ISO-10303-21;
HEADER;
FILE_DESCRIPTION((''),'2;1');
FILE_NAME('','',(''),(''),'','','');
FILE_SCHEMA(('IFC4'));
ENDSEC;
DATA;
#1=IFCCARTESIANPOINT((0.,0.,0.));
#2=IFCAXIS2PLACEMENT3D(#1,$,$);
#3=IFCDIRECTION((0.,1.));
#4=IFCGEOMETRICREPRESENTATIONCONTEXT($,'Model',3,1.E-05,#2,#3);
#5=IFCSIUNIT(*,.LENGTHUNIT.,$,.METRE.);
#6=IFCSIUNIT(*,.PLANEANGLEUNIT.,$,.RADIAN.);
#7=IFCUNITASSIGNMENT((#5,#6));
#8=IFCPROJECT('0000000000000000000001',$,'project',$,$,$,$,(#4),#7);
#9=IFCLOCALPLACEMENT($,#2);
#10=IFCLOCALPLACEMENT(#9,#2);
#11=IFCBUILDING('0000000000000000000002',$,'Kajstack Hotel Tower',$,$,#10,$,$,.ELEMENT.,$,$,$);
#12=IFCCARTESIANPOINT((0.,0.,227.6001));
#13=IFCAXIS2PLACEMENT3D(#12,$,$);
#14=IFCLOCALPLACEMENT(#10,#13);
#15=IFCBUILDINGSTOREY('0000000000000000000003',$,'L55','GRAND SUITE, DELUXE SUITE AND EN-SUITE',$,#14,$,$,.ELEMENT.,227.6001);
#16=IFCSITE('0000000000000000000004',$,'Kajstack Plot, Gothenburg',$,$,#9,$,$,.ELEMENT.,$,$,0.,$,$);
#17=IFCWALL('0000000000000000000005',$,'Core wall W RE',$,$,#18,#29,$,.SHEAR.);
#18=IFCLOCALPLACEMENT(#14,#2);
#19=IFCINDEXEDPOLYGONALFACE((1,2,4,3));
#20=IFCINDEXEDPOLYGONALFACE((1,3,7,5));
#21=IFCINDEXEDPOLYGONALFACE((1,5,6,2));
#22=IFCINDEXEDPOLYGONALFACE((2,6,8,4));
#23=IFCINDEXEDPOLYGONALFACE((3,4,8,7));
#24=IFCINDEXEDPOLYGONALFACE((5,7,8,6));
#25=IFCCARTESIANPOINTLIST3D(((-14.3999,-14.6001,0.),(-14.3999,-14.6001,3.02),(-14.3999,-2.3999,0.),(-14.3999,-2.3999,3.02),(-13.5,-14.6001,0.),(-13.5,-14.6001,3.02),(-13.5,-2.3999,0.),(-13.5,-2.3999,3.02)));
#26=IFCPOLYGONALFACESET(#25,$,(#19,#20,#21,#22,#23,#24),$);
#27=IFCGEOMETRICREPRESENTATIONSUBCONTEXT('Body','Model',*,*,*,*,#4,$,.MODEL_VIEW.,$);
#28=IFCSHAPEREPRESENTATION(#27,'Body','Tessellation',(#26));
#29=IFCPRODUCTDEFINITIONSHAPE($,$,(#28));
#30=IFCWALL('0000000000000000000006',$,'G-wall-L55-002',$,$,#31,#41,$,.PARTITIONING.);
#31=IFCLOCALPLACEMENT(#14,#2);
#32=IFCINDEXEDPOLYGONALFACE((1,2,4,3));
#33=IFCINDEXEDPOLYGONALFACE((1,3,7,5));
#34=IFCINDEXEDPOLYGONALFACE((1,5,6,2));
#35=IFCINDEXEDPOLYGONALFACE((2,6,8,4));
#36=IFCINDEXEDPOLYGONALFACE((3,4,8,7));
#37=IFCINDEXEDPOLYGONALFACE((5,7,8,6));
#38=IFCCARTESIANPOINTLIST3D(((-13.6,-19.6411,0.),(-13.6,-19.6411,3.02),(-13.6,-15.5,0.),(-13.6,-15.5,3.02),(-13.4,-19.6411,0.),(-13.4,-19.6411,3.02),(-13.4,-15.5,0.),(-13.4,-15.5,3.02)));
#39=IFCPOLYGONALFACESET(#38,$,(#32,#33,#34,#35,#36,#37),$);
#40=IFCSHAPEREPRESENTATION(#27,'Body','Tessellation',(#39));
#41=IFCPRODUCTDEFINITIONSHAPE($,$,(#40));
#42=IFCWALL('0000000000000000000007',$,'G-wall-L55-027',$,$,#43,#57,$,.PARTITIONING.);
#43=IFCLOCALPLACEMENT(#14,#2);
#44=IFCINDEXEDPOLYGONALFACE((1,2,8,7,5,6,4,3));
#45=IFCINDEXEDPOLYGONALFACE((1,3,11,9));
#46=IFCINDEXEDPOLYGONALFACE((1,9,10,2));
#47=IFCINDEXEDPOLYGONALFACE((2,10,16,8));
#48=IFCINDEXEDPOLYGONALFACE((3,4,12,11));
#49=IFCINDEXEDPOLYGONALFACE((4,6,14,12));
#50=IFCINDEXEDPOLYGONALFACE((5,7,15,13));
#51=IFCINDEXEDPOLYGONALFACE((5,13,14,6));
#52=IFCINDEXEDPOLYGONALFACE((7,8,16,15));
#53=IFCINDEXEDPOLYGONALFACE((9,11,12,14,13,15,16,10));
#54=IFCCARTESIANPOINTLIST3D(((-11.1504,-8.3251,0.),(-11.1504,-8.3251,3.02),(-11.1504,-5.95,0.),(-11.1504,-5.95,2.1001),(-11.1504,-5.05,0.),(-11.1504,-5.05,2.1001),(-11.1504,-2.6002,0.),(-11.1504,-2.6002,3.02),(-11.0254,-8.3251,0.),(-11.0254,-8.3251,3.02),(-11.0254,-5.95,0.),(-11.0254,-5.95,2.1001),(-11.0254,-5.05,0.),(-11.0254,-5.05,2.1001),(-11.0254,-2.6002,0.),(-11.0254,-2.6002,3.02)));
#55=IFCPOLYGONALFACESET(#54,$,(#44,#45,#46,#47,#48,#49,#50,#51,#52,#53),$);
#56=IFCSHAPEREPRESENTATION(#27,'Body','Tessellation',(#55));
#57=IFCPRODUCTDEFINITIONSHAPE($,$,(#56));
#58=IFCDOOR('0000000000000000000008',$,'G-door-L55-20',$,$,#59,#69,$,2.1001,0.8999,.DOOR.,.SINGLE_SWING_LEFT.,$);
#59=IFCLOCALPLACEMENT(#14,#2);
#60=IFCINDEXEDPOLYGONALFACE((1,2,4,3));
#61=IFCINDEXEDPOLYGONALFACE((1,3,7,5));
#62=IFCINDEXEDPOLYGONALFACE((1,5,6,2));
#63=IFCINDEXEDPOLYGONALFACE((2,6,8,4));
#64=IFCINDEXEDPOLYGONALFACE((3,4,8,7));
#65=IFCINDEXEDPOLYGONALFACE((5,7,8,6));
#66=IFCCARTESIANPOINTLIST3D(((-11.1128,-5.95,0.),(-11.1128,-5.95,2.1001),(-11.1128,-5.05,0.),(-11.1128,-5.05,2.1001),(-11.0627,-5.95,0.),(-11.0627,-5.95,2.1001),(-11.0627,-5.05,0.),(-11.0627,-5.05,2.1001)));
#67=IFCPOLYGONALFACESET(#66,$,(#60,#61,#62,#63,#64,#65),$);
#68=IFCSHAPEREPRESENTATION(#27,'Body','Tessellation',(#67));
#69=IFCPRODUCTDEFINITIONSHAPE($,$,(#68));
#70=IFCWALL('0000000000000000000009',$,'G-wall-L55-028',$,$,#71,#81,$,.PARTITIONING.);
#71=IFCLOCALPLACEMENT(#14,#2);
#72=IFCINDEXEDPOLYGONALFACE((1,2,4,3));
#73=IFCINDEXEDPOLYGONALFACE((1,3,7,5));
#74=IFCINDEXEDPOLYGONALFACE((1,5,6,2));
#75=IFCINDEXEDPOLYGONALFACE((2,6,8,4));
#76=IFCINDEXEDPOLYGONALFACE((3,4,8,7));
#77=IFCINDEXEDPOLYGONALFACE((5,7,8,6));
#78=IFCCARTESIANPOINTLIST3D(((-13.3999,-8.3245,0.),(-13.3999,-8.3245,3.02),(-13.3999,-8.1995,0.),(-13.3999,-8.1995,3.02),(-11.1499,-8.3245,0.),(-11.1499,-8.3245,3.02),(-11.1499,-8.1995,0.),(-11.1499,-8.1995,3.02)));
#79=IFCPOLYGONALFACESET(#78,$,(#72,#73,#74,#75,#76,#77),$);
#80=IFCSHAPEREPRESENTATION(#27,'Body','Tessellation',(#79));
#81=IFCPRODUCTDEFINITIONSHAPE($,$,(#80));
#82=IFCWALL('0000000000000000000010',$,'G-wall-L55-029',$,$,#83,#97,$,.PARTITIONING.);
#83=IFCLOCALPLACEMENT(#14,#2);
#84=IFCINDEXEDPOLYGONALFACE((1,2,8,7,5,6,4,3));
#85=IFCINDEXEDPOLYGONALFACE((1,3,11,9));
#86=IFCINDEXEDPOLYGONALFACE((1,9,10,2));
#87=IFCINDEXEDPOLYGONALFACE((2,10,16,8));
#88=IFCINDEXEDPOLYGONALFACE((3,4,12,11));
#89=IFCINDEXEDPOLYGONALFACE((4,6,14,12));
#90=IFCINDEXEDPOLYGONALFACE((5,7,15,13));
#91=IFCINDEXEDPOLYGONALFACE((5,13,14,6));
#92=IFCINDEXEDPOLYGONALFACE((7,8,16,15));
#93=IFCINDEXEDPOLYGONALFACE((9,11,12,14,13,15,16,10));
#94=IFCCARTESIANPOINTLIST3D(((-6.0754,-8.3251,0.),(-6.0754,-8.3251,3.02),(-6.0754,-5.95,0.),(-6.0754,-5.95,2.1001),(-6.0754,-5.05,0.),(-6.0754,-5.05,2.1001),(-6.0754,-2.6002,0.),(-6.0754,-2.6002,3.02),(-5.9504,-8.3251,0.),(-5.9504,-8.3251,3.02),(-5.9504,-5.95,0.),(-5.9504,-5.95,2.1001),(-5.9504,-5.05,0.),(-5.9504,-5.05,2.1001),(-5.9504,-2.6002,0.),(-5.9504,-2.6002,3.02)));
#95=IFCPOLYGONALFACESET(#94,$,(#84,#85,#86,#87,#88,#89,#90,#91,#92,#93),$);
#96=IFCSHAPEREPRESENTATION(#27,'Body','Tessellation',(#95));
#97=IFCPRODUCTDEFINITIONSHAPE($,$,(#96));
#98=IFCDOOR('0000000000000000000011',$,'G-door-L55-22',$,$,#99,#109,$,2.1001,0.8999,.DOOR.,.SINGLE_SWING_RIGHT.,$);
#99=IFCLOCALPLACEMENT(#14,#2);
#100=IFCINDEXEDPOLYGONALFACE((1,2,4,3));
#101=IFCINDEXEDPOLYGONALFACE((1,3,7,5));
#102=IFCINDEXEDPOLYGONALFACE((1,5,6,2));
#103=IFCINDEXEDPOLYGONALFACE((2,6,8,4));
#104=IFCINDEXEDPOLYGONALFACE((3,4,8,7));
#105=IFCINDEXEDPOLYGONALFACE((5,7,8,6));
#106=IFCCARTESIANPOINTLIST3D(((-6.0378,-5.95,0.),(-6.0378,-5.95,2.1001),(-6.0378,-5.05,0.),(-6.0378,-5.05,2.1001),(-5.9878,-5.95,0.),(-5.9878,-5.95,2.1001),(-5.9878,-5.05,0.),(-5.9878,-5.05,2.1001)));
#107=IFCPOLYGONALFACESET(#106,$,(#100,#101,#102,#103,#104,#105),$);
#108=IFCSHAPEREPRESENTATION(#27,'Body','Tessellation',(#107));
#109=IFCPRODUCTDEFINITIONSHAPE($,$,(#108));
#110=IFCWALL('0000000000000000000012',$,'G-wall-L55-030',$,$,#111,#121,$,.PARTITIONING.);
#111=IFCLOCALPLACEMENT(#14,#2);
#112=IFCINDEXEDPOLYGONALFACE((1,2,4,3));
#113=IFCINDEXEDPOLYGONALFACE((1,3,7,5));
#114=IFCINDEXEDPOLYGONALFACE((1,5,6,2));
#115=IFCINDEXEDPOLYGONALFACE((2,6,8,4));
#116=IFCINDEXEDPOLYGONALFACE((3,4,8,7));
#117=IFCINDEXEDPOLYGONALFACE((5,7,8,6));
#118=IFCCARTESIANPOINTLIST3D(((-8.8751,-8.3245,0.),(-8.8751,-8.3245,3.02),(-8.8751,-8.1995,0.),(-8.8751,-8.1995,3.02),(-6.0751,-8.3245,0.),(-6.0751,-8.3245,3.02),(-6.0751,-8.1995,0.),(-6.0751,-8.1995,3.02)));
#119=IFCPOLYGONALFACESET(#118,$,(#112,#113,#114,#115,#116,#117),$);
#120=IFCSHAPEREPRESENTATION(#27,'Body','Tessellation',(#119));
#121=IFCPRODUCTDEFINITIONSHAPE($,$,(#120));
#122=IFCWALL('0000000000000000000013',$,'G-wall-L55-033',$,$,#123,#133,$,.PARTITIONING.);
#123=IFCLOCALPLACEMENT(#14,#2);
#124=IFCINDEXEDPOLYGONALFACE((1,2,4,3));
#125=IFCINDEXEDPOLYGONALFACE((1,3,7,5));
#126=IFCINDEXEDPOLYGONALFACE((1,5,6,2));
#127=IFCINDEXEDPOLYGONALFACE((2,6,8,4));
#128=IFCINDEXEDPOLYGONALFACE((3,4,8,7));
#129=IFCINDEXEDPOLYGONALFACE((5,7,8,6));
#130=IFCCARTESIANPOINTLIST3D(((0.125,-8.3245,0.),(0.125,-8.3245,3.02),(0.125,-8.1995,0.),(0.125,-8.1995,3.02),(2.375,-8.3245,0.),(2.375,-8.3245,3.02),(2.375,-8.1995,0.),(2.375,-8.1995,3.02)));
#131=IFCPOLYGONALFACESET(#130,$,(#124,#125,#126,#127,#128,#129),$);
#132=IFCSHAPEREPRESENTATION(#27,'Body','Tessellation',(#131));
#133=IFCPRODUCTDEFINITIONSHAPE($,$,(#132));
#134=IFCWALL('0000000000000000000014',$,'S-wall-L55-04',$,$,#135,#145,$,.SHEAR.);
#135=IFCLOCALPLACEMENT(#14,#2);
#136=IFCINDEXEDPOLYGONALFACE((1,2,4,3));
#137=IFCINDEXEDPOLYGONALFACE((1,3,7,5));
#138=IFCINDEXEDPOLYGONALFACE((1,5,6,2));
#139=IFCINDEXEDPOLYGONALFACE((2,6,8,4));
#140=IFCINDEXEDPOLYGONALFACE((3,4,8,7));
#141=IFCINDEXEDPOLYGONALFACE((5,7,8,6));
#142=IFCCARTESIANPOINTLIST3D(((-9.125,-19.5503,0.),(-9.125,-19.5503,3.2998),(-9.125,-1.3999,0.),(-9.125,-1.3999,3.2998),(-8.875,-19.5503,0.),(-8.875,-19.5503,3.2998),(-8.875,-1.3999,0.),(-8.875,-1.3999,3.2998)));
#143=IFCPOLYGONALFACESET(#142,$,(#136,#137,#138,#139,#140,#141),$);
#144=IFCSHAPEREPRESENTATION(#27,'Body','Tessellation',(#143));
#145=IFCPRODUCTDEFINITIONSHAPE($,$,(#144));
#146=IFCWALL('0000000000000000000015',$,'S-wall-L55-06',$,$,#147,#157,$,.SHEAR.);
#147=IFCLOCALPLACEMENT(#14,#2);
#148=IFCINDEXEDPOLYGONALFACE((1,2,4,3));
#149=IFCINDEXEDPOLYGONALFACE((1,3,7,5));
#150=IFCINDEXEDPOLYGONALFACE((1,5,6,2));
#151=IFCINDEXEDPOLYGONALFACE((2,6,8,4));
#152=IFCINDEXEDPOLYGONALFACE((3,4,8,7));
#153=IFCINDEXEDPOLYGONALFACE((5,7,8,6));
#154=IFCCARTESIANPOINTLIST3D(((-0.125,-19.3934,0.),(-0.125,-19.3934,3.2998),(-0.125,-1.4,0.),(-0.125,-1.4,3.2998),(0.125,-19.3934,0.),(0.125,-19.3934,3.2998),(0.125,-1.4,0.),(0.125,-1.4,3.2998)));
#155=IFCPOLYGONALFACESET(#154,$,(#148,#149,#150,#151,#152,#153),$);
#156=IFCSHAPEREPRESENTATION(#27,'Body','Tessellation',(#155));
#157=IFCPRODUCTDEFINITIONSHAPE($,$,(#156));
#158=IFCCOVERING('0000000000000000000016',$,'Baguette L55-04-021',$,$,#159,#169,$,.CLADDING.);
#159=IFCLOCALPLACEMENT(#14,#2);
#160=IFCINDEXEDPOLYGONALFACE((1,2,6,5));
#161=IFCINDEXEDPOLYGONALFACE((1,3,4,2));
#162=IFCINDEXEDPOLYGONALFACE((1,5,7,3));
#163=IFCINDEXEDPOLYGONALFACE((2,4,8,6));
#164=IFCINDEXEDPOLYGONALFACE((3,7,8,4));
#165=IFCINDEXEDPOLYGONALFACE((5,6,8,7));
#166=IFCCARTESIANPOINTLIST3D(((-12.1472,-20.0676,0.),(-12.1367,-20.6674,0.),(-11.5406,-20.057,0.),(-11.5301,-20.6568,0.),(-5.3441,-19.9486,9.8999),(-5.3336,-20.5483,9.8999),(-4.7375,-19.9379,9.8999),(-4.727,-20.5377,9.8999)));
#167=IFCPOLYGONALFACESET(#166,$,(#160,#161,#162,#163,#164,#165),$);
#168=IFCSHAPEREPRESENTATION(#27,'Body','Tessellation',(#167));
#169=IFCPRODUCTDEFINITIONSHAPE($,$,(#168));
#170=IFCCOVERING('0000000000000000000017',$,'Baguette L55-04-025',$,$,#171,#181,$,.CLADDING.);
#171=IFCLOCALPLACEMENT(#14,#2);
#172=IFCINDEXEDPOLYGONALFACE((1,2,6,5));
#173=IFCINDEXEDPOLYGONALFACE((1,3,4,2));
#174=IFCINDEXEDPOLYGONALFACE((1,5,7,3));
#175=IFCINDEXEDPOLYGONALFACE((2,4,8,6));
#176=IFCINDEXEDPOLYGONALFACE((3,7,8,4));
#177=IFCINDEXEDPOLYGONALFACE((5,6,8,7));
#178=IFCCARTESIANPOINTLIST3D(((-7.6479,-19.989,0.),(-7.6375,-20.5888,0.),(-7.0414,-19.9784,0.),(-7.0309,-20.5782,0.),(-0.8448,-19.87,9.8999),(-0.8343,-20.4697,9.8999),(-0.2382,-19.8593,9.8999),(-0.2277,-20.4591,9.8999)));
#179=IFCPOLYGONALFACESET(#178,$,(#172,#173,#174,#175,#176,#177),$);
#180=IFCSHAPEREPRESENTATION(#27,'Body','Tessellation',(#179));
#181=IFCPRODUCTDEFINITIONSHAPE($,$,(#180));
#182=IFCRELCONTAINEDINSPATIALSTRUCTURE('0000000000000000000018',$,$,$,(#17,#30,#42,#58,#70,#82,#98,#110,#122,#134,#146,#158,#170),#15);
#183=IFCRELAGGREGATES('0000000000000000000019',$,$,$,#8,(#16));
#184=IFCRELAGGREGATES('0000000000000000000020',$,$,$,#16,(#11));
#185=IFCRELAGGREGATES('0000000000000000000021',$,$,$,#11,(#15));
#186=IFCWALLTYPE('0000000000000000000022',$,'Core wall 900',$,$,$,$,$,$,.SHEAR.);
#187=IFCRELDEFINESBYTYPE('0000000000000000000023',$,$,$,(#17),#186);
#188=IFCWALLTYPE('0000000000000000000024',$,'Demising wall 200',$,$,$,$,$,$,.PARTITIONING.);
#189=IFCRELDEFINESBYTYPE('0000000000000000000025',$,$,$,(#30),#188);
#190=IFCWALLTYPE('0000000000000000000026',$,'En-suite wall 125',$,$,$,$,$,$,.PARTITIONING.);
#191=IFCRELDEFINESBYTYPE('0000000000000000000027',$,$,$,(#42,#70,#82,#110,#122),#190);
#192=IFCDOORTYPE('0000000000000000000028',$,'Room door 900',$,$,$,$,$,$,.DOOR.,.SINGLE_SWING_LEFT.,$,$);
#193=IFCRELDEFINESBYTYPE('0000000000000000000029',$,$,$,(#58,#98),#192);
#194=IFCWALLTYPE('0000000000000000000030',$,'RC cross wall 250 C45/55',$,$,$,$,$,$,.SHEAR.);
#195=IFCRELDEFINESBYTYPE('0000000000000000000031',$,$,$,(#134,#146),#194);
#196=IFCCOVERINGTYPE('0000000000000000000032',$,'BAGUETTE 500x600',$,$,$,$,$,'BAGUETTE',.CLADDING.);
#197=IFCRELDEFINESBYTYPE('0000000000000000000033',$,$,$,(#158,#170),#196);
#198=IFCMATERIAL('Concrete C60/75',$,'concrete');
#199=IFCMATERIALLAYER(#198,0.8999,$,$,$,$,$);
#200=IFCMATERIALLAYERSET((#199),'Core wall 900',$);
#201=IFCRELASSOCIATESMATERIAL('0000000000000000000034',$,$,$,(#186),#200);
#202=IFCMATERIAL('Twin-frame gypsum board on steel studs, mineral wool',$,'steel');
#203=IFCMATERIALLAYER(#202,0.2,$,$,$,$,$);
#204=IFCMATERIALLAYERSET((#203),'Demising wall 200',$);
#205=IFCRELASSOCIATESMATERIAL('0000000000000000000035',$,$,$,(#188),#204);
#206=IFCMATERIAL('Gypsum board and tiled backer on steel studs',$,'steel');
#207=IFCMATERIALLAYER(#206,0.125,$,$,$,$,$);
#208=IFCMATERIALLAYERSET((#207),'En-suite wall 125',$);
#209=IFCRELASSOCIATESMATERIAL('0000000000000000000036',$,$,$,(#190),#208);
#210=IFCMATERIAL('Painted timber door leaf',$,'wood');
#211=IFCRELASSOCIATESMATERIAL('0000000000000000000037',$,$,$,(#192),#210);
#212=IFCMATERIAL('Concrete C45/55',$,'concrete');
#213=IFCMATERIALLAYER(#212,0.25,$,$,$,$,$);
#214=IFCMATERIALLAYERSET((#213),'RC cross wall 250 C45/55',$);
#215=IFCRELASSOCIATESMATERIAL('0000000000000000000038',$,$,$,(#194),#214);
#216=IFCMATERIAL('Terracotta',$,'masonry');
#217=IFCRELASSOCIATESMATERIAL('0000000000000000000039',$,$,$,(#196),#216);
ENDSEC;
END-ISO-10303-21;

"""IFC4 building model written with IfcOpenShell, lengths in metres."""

from ifc_helpers import new_model, si_unit, direction, frame, frame_2d, origin, origin_2d, place, context, subcontext, project, spatial, polyline, rectangle, outline, extrude, material, layer, layer_set, material_profile, profile_set, type_object, element, fill, save


model = new_model("IFC4")

# Units and contexts
model_context = context("Model", 3, precision=1e-05, world=origin(), true_north=direction((0.0, 1.0)))
body_context = subcontext(model_context, "Body", "Model", "MODEL_VIEW")
ifc_project = project(units=[si_unit("LENGTHUNIT", "METRE"), si_unit("PLANEANGLEUNIT", "RADIAN")], contexts=[model_context])

# Site, building, storey
site_placement = place(None, origin())
site = spatial("IfcSite", under=ifc_project, at=site_placement, Name="Kajstack Plot, Gothenburg", CompositionType="ELEMENT", RefElevation=0.0)
building_placement = place(site_placement, origin())
building = spatial("IfcBuilding", under=site, at=building_placement, Name="Kajstack Hotel Tower", CompositionType="ELEMENT")
storey_placement = place(building_placement, frame((0.0, 0.0, 227.6001)))
storey = spatial("IfcBuildingStorey", under=building, at=storey_placement, Name="L55", Description="GRAND SUITE, DELUXE SUITE AND EN-SUITE", CompositionType="ELEMENT", Elevation=227.6001)

# Walls
ifc_material_1 = material(Name="Concrete C60/75", Category="concrete")
ifc_layer_1 = layer(ifc_material_1, 0.8999)
ifc_layer_set_1 = layer_set([ifc_layer_1], Name="Core wall 900")
wall_type_1 = type_object("IfcWallType", Name="Core wall 900", PredefinedType="SHEAR", material=ifc_layer_set_1)
wall_1_placement = place(storey_placement, frame((-13.95, -14.6001, 0.0), z_axis=(0.0, 0.0, 1.0), x_axis=(0.0, 1.0, 0.0)))
element("IfcWall", 1, at=wall_1_placement, inside=storey, type_object=wall_type_1, Name="Core wall W RE", PredefinedType="SHEAR", context=body_context, shape_type="SweptSolid", body=[
    extrude(rectangle(XDim=12.2002, YDim=0.8999, at=frame_2d((6.1001, 0.0))), origin(), (0.0, 0.0, 1.0), 3.02),
])
ifc_material_2 = material(Name="Twin-frame gypsum board on steel studs, mineral wool", Category="steel")
ifc_layer_2 = layer(ifc_material_2, 0.2)
ifc_layer_set_2 = layer_set([ifc_layer_2], Name="Demising wall 200")
wall_type_2 = type_object("IfcWallType", Name="Demising wall 200", PredefinedType="PARTITIONING", material=ifc_layer_set_2)
wall_2_placement = place(storey_placement, frame((-13.5, -19.6411, 0.0), z_axis=(0.0, 0.0, 1.0), x_axis=(0.0, 1.0, 0.0)))
element("IfcWall", 2, at=wall_2_placement, inside=storey, type_object=wall_type_2, Name="G-wall-L55-002", PredefinedType="PARTITIONING", context=body_context, shape_type="SweptSolid", body=[
    extrude(rectangle(XDim=4.1411, YDim=0.2, at=frame_2d((2.0706, 0.0))), origin(), (0.0, 0.0, 1.0), 3.02),
])

# Wall, opening, door
ifc_material_3 = material(Name="Gypsum board and tiled backer on steel studs", Category="steel")
ifc_layer_3 = layer(ifc_material_3, 0.125)
ifc_layer_set_3 = layer_set([ifc_layer_3], Name="En-suite wall 125")
wall_type_3 = type_object("IfcWallType", Name="En-suite wall 125", PredefinedType="PARTITIONING", material=ifc_layer_set_3)
wall_3_placement = place(storey_placement, frame((-11.0879, -8.325, 0.0), z_axis=(0.0, 0.0, 1.0), x_axis=(0.0, 1.0, 0.0)))
wall_3 = element("IfcWall", 3, at=wall_3_placement, inside=storey, type_object=wall_type_3, Name="G-wall-L55-027", PredefinedType="PARTITIONING", context=body_context, shape_type="SweptSolid", body=[
    extrude(rectangle(XDim=5.7249, YDim=0.125, at=frame_2d((2.8623, 0.0))), origin(), (0.0, 0.0, 1.0), 3.02),
])
opening_1_placement = place(wall_3_placement, frame((2.375, 0.0, 0.0)))
opening_1 = element("IfcOpeningElement", 4, at=opening_1_placement, cuts=wall_3, PredefinedType="OPENING", context=body_context, shape_type="SweptSolid", body=[
    extrude(rectangle(XDim=0.8999, YDim=2.1001, at=frame_2d((0.45, 1.05))), frame((0.0, 0.0725, 0.0), z_axis=(0.0, -1.0, 0.0), x_axis=(1.0, 0.0, 0.0)), (0.0, 0.0, 1.0), 0.145),
])
ifc_material_4 = material(Name="Painted timber door leaf", Category="wood")
door_type = type_object("IfcDoorType", Name="Room door 900", OperationType="SINGLE_SWING_LEFT", PredefinedType="DOOR", material=ifc_material_4)
door_1_placement = place(opening_1_placement, origin())
door_1 = element("IfcDoor", 5, at=door_1_placement, inside=storey, type_object=door_type, Name="G-door-L55-20", OperationType="SINGLE_SWING_LEFT", OverallHeight=2.1001, OverallWidth=0.8999, PredefinedType="DOOR", context=body_context, shape_type="SweptSolid", body=[
    extrude(rectangle(XDim=0.8999, YDim=2.1001, at=frame_2d((0.45, 1.05))), frame((0.0, 0.0249, 0.0), z_axis=(0.0, -1.0, 0.0), x_axis=(1.0, 0.0, 0.0)), (0.0, 0.0, 1.0), 0.05),
])
fill(opening_1, door_1)

# Wall
wall_4_placement = place(storey_placement, frame((-13.3999, -8.262, 0.0), z_axis=(0.0, 0.0, 1.0), x_axis=(1.0, 0.0, 0.0)))
element("IfcWall", 6, at=wall_4_placement, inside=storey, type_object=wall_type_3, Name="G-wall-L55-028", PredefinedType="PARTITIONING", context=body_context, shape_type="SweptSolid", body=[
    extrude(rectangle(XDim=2.25, YDim=0.125, at=frame_2d((1.125, 0.0))), origin(), (0.0, 0.0, 1.0), 3.02),
])

# Wall, opening, door
wall_5_placement = place(storey_placement, frame((-6.0129, -8.325, 0.0), z_axis=(0.0, 0.0, 1.0), x_axis=(0.0, 1.0, 0.0)))
wall_5 = element("IfcWall", 7, at=wall_5_placement, inside=storey, type_object=wall_type_3, Name="G-wall-L55-029", PredefinedType="PARTITIONING", context=body_context, shape_type="SweptSolid", body=[
    extrude(rectangle(XDim=5.7249, YDim=0.125, at=frame_2d((2.8623, 0.0))), origin(), (0.0, 0.0, 1.0), 3.02),
])
opening_2_placement = place(wall_5_placement, frame((2.375, 0.0, 0.0)))
opening_2 = element("IfcOpeningElement", 8, at=opening_2_placement, cuts=wall_5, PredefinedType="OPENING", context=body_context, shape_type="SweptSolid", body=[
    extrude(rectangle(XDim=0.8999, YDim=2.1001, at=frame_2d((0.45, 1.05))), frame((0.0, 0.0725, 0.0), z_axis=(0.0, -1.0, 0.0), x_axis=(1.0, 0.0, 0.0)), (0.0, 0.0, 1.0), 0.145),
])
door_2_placement = place(opening_2_placement, origin())
door_2 = element("IfcDoor", 9, at=door_2_placement, inside=storey, type_object=door_type, Name="G-door-L55-22", OperationType="SINGLE_SWING_RIGHT", OverallHeight=2.1001, OverallWidth=0.8999, PredefinedType="DOOR", context=body_context, shape_type="SweptSolid", body=[
    extrude(rectangle(XDim=0.8999, YDim=2.1001, at=frame_2d((0.45, 1.05))), frame((0.0, 0.0249, 0.0), z_axis=(0.0, -1.0, 0.0), x_axis=(1.0, 0.0, 0.0)), (0.0, 0.0, 1.0), 0.05),
])
fill(opening_2, door_2)

# Walls
wall_6_placement = place(storey_placement, frame((-8.875, -8.262, 0.0), z_axis=(0.0, 0.0, 1.0), x_axis=(1.0, 0.0, 0.0)))
element("IfcWall", 10, at=wall_6_placement, inside=storey, type_object=wall_type_3, Name="G-wall-L55-030", PredefinedType="PARTITIONING", context=body_context, shape_type="SweptSolid", body=[
    extrude(rectangle(XDim=2.8, YDim=0.125, at=frame_2d((1.3999, 0.0))), origin(), (0.0, 0.0, 1.0), 3.02),
])
wall_7_placement = place(storey_placement, frame((0.125, -8.262, 0.0), z_axis=(0.0, 0.0, 1.0), x_axis=(1.0, 0.0, 0.0)))
element("IfcWall", 11, at=wall_7_placement, inside=storey, type_object=wall_type_3, Name="G-wall-L55-033", PredefinedType="PARTITIONING", context=body_context, shape_type="SweptSolid", body=[
    extrude(rectangle(XDim=2.25, YDim=0.125, at=frame_2d((1.125, 0.0))), origin(), (0.0, 0.0, 1.0), 3.02),
])
ifc_material_5 = material(Name="Concrete C45/55", Category="concrete")
ifc_layer_4 = layer(ifc_material_5, 0.25)
ifc_layer_set_4 = layer_set([ifc_layer_4], Name="RC cross wall 250 C45/55")
wall_type_4 = type_object("IfcWallType", Name="RC cross wall 250 C45/55", PredefinedType="SHEAR", material=ifc_layer_set_4)
wall_8_placement = place(storey_placement, frame((-9.0, -19.5503, 0.0), z_axis=(0.0, 0.0, 1.0), x_axis=(0.0, 1.0, 0.0)))
element("IfcWall", 12, at=wall_8_placement, inside=storey, type_object=wall_type_4, Name="S-wall-L55-04", PredefinedType="SHEAR", context=body_context, shape_type="SweptSolid", body=[
    extrude(rectangle(XDim=18.1504, YDim=0.25, at=frame_2d((9.0752, 0.0))), origin(), (0.0, 0.0, 1.0), 3.2998),
])
wall_9_placement = place(storey_placement, frame((0.0, -19.3933, 0.0), z_axis=(0.0, 0.0, 1.0), x_axis=(0.0, 1.0, 0.0)))
element("IfcWall", 13, at=wall_9_placement, inside=storey, type_object=wall_type_4, Name="S-wall-L55-06", PredefinedType="SHEAR", context=body_context, shape_type="SweptSolid", body=[
    extrude(rectangle(XDim=17.9934, YDim=0.25, at=frame_2d((8.9966, 0.0))), origin(), (0.0, 0.0, 1.0), 3.2998),
])

# Coverings
ifc_material_6 = material(Name="Terracotta", Category="masonry")
ifc_material_profile = material_profile(ifc_material_6, rectangle(XDim=0.6001, YDim=0.5, at=origin_2d()), Name="Terracotta-clad concrete baguette 500 x 600")
ifc_profile_set = profile_set([ifc_material_profile], Name="Terracotta")
covering_type = type_object("IfcCoveringType", Name="BAGUETTE 500x600", ElementType="BAGUETTE", PredefinedType="CLADDING", material=ifc_profile_set)
for number, where, z_axis, x_axis, name in (
    (14, (-12.1472, -20.0676, 0.0), (0.017498, -0.999847, 0.0), (0.999847, 0.017498, 0.0), "Baguette L55-04-021"),
    (15, (-7.6479, -19.989, 0.0), (0.017498, -0.999847, 0.0), (0.999847, 0.017498, 0.0), "Baguette L55-04-025"),
):
    element("IfcCovering", number, at=place(storey_placement, frame(where, z_axis=z_axis, x_axis=x_axis)), inside=storey, type_object=covering_type, Name=name, PredefinedType="CLADDING", context=body_context, shape_type="SweptSolid", body=[
        extrude(outline(polyline([(6.8042, 9.8999), (0.0, 0.0), (0.6067, 0.0), (7.4109, 9.8999), (6.8042, 9.8999)])), origin(), (0.0, 0.0, 1.0), 0.5999),
    ])

save(model, "model.ifc")
